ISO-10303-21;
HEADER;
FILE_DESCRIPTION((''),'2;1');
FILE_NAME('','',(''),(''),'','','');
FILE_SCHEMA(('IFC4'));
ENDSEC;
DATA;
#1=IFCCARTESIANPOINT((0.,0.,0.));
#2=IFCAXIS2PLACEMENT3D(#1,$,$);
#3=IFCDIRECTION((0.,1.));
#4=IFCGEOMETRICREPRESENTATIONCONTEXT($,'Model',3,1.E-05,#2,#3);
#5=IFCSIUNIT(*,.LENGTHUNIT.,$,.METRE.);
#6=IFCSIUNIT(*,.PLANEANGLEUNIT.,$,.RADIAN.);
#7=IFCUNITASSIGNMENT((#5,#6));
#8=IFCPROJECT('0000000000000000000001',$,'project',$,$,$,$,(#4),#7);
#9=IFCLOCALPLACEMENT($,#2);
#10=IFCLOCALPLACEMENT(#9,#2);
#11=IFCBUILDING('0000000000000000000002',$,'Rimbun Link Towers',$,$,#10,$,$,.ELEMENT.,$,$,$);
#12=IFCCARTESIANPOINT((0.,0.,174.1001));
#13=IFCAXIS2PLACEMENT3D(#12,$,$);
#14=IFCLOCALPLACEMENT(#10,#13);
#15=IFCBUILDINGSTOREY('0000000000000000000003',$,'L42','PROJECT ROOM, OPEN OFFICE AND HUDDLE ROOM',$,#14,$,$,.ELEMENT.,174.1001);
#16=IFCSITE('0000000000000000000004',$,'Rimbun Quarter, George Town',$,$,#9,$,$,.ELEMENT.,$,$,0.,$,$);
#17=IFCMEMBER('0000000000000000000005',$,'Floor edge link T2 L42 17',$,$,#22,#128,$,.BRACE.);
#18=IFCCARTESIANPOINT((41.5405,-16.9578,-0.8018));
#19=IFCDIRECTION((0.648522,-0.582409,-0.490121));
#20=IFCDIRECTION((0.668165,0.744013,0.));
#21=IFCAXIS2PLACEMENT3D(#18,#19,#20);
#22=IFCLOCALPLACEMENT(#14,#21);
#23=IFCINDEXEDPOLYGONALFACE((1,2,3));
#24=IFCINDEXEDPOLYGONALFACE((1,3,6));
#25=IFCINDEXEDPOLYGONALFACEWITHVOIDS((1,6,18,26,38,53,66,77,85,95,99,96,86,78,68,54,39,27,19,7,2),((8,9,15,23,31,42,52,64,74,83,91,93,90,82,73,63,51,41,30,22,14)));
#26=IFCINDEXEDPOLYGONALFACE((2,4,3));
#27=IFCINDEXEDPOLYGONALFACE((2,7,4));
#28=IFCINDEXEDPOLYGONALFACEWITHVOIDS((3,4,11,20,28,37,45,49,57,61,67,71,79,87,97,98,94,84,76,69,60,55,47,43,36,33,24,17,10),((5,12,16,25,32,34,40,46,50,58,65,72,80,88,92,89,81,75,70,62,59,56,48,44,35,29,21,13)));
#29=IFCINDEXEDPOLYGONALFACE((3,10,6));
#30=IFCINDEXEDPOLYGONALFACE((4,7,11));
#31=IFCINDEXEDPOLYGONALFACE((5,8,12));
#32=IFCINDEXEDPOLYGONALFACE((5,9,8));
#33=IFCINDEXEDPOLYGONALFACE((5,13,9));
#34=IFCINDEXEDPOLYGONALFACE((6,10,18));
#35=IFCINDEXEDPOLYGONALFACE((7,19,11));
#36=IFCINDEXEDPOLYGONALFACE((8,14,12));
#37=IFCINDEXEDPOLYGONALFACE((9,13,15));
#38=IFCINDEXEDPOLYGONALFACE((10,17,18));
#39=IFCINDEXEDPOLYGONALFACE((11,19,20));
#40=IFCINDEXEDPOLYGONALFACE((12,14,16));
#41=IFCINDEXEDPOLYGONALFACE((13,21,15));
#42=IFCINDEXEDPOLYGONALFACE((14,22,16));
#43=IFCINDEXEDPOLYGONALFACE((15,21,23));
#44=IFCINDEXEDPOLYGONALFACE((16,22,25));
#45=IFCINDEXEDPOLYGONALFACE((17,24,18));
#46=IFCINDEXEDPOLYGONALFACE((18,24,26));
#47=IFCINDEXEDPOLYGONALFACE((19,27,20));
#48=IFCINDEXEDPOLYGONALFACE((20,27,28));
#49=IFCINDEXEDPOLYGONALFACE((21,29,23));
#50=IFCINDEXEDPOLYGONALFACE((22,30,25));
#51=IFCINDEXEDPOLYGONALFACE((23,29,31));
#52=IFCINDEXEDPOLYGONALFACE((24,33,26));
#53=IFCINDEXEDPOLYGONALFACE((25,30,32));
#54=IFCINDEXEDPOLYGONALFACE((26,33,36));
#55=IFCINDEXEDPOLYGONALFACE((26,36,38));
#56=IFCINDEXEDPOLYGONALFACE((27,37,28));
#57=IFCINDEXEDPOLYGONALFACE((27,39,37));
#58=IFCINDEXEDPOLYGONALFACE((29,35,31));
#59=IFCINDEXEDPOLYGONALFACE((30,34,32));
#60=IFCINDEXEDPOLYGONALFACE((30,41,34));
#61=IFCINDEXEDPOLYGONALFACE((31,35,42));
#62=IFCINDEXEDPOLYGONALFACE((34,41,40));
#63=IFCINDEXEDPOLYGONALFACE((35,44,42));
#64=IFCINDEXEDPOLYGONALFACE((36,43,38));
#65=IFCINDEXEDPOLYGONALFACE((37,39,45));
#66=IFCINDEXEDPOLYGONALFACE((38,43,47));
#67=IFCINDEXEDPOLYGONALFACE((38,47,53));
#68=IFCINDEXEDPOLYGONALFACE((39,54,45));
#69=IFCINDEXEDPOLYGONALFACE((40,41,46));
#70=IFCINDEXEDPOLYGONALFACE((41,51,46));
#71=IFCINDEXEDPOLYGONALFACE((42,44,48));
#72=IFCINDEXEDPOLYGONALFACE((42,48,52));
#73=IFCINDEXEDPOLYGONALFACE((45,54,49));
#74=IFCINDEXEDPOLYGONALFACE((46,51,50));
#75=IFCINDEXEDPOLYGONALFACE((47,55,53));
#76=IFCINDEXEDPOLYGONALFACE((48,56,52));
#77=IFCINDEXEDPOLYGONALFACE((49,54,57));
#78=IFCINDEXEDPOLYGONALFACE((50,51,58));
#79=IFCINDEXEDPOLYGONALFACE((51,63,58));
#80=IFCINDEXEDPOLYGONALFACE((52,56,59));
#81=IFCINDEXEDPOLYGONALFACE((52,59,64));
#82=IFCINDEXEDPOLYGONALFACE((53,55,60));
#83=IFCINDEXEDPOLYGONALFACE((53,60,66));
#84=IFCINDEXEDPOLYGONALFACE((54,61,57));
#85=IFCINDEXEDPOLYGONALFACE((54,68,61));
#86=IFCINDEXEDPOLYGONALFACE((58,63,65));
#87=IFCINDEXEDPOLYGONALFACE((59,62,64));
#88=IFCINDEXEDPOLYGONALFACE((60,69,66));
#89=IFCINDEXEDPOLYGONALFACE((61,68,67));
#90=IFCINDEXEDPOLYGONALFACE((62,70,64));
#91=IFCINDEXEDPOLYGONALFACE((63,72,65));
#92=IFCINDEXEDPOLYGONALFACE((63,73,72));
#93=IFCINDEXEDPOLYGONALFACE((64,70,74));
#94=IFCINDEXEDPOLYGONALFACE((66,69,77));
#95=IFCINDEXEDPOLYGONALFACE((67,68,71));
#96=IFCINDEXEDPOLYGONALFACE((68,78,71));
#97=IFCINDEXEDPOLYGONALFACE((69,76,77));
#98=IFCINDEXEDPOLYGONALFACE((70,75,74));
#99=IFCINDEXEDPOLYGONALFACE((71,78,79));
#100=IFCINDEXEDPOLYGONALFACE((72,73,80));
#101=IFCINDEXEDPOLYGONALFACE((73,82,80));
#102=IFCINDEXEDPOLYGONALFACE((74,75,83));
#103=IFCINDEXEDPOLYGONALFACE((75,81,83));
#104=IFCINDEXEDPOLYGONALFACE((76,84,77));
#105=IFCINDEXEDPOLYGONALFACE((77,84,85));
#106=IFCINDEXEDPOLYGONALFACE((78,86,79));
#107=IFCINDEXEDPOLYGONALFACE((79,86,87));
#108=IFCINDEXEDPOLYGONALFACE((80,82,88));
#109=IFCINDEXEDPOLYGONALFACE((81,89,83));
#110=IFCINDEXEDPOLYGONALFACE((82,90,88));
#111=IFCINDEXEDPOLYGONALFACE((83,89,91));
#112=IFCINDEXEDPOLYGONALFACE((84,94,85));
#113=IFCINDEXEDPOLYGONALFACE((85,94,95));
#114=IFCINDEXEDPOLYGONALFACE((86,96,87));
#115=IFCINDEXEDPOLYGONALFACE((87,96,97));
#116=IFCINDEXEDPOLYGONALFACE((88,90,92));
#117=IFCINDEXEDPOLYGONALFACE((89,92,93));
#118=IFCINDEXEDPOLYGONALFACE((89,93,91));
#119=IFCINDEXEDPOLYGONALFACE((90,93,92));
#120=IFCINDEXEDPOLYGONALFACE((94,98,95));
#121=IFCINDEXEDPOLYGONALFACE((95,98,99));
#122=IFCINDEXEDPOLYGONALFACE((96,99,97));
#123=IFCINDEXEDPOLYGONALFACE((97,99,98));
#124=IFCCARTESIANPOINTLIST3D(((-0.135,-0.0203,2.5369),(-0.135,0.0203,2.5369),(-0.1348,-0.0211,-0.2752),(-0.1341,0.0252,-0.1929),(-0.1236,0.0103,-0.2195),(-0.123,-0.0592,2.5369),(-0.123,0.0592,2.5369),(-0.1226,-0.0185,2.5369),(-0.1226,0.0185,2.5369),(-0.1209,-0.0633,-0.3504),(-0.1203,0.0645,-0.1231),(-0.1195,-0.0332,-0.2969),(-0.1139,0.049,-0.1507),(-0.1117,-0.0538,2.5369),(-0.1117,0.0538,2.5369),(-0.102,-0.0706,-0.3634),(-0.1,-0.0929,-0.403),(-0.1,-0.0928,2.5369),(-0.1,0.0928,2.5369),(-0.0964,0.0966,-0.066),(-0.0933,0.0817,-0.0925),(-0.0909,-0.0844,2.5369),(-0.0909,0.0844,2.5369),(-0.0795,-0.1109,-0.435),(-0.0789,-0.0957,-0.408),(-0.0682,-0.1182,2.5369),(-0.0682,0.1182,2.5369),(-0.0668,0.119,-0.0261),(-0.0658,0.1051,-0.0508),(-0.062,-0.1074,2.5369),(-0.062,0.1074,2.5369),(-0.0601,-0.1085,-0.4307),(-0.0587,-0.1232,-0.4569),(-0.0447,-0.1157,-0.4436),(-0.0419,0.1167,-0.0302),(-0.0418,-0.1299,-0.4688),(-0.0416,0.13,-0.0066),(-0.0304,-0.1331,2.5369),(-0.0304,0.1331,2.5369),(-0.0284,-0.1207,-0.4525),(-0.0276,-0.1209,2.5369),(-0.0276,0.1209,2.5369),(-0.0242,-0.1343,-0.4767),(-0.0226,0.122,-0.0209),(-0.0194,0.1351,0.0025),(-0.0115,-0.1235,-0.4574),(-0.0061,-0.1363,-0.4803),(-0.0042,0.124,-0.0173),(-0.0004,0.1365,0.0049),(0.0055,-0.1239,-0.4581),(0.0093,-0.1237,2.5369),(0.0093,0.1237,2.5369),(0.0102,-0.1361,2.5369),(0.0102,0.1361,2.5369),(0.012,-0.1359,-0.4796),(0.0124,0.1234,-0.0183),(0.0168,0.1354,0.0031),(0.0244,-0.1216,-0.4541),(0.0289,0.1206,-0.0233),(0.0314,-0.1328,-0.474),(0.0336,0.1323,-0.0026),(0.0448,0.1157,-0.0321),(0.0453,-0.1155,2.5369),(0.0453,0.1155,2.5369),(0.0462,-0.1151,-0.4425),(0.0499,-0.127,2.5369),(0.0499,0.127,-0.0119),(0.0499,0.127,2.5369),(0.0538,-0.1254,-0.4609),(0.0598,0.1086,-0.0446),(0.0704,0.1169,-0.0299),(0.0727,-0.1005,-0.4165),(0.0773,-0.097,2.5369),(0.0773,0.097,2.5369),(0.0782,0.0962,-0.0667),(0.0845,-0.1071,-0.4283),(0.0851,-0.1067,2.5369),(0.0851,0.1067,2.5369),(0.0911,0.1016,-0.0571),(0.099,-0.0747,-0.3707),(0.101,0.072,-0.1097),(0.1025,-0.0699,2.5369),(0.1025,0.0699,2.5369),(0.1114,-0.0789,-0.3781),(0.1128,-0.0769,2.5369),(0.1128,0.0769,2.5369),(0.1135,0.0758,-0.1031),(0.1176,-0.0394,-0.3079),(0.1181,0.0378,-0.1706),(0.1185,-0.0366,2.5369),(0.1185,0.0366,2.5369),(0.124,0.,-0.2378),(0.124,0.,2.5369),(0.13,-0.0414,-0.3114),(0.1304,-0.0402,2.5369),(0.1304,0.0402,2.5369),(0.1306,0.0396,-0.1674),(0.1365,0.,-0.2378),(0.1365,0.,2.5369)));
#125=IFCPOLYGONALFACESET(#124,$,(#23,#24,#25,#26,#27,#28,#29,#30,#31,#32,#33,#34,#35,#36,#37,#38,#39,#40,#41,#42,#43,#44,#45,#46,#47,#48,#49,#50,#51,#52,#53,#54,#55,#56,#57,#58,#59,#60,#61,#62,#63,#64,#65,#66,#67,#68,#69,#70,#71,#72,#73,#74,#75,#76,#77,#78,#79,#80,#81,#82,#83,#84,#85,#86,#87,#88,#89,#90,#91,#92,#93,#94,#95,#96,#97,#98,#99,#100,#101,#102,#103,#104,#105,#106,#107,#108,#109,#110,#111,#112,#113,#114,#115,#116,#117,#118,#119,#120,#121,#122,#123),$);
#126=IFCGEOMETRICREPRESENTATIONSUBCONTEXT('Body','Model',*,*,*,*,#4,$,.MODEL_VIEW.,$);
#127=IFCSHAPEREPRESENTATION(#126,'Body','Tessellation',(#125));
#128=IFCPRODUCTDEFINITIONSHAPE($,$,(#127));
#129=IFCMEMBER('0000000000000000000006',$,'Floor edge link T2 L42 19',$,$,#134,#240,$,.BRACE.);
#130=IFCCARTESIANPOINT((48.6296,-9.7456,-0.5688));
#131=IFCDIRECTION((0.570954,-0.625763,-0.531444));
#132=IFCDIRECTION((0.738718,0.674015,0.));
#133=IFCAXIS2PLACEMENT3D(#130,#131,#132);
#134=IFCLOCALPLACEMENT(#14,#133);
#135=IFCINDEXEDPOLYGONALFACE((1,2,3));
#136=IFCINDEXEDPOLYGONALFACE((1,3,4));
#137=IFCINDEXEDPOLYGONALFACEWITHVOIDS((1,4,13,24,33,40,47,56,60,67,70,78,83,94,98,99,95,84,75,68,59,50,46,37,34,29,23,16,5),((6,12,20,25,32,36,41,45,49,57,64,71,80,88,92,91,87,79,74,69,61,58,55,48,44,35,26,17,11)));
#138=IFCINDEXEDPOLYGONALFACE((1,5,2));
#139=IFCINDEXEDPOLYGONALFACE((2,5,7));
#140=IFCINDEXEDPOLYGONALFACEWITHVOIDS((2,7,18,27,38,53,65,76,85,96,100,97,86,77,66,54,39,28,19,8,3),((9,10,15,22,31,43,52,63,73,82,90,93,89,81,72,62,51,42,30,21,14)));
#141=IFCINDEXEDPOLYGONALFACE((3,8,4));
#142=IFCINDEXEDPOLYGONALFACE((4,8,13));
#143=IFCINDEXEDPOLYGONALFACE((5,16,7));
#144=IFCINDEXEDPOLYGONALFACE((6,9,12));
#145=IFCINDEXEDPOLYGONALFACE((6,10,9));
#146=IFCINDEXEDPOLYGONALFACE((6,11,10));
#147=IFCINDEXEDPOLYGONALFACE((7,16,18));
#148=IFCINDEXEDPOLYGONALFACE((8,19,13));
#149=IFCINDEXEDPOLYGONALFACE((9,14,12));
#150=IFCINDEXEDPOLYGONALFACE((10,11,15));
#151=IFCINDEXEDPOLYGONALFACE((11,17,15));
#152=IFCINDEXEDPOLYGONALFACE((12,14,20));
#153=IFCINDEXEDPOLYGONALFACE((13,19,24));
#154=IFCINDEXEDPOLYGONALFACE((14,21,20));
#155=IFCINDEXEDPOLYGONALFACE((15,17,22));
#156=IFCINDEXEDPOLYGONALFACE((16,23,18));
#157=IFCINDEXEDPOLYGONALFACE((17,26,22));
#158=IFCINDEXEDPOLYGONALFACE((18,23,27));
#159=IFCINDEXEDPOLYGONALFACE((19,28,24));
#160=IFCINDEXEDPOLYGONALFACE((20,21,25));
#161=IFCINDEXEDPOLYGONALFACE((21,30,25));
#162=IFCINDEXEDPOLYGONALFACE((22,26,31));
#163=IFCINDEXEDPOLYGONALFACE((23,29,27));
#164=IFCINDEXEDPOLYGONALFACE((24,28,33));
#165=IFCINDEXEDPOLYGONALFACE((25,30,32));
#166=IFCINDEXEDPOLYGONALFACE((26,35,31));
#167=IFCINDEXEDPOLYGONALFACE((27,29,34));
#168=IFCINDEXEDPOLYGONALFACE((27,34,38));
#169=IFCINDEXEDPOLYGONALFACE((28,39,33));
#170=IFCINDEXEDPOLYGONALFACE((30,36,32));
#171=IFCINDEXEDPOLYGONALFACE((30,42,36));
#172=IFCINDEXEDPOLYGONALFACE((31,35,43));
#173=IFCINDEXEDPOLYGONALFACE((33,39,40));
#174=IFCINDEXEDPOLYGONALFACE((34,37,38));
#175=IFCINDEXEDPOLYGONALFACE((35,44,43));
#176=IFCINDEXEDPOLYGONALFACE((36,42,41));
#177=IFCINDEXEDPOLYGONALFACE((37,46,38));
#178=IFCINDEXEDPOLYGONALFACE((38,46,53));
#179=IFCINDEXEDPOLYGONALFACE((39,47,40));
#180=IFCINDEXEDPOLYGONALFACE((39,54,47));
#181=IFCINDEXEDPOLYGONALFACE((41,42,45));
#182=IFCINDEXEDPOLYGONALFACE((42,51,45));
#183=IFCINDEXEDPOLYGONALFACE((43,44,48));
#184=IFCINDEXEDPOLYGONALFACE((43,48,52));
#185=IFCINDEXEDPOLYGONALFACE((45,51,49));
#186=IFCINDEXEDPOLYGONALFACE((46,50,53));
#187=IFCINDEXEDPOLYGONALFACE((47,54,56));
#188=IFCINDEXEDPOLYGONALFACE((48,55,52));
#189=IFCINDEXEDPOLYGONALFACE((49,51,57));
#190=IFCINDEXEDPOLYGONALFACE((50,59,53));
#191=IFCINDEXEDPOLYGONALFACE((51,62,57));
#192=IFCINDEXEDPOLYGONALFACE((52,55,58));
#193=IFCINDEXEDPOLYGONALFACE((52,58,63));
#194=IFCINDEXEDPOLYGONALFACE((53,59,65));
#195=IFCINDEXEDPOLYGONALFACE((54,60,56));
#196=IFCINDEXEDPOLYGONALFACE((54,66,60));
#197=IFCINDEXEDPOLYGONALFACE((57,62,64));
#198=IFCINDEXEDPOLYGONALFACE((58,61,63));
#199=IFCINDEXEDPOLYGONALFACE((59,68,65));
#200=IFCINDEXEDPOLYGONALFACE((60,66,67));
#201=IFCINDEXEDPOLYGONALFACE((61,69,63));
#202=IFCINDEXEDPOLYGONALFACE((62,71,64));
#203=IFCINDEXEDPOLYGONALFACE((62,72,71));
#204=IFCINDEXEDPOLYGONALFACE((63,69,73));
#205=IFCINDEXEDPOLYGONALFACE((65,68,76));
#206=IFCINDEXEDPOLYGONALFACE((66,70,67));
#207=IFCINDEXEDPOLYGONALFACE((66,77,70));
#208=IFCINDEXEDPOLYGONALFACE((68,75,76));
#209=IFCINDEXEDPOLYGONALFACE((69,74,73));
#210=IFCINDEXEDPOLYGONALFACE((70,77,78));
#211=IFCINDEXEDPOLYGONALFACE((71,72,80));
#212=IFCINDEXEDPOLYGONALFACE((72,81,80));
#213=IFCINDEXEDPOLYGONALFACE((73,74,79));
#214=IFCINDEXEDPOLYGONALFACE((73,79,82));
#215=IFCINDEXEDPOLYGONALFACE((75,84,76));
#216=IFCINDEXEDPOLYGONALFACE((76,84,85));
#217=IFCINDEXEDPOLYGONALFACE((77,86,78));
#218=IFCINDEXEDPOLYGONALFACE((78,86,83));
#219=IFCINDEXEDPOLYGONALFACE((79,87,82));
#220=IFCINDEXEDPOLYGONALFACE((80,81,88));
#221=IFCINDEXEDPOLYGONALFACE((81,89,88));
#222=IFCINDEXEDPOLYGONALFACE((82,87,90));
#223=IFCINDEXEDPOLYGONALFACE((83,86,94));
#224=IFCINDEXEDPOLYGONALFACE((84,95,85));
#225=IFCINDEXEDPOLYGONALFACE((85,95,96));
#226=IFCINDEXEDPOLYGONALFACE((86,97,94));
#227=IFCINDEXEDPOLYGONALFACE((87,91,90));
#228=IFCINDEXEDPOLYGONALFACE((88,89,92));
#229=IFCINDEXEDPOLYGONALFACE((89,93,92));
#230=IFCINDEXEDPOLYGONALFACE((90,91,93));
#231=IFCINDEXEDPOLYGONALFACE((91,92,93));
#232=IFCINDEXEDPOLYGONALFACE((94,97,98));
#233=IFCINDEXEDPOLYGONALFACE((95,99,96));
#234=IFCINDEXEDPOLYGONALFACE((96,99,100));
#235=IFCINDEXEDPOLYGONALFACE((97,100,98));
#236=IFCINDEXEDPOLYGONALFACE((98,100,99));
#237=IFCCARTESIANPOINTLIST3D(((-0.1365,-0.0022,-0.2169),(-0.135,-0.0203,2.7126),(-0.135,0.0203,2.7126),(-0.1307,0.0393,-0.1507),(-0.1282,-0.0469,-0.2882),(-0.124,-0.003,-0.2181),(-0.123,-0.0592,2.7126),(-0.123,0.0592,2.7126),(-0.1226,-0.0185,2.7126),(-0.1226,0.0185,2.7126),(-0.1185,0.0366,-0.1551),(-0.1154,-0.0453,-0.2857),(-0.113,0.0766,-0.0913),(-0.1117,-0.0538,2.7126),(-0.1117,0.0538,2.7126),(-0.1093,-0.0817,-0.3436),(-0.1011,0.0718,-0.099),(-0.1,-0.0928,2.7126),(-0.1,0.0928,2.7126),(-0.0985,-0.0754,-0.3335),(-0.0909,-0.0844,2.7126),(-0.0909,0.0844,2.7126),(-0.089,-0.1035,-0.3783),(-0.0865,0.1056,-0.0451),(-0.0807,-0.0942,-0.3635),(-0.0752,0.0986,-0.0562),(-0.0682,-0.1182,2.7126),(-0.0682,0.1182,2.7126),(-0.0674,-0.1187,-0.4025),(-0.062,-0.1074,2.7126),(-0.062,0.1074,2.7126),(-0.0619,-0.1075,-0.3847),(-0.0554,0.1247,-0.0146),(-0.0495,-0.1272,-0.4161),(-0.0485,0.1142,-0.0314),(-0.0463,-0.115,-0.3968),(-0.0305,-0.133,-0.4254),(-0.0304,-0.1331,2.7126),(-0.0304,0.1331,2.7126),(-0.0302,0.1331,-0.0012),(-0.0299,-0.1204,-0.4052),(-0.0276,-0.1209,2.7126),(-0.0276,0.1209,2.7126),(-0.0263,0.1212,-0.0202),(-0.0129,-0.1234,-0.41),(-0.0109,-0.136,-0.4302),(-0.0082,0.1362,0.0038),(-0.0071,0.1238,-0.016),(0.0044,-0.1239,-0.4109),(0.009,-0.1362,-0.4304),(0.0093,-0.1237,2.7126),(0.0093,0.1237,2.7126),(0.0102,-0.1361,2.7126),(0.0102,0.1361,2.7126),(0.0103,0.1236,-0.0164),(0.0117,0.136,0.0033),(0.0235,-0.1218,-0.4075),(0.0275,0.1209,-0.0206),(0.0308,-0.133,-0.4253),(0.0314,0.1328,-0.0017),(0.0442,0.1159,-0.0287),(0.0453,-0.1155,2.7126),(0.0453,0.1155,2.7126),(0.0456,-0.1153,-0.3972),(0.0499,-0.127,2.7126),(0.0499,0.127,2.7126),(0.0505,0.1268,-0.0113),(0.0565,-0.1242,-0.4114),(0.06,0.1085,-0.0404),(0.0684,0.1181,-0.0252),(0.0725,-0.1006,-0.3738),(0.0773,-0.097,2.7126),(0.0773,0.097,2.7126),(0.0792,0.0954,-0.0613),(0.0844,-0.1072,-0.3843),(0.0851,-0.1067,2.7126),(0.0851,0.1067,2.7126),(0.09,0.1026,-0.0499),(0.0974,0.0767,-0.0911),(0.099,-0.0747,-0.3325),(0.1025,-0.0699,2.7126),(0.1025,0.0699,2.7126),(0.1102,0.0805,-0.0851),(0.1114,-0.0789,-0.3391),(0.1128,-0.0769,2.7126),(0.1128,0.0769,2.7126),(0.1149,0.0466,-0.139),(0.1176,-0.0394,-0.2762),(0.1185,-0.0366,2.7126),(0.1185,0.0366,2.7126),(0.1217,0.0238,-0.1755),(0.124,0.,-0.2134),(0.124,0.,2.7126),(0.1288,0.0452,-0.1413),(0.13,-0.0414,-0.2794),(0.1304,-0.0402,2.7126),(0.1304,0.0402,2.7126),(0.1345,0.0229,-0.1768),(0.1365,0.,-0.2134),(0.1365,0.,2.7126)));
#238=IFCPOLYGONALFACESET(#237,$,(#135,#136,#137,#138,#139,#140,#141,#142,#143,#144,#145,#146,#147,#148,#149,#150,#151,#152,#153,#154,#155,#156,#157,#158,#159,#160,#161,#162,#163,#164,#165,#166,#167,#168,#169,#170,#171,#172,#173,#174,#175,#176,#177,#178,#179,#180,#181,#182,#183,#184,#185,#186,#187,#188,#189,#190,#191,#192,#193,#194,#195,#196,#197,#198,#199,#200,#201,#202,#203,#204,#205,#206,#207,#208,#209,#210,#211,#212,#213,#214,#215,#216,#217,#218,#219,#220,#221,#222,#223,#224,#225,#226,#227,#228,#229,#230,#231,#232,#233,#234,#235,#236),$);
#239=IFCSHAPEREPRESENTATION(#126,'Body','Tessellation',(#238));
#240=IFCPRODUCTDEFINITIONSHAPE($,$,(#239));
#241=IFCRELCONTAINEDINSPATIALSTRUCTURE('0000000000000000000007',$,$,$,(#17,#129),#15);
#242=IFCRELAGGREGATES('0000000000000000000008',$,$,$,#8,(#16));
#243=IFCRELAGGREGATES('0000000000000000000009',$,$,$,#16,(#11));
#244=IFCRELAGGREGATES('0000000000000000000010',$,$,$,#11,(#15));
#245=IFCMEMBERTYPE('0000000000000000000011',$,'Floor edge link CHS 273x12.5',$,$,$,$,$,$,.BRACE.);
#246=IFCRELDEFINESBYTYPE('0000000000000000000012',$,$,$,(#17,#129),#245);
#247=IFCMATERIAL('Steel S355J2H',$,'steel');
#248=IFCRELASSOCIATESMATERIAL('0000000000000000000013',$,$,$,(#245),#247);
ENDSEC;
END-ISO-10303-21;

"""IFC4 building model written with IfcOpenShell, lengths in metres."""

from ifc_helpers import new_model, si_unit, direction, frame, origin, origin_2d, place, context, subcontext, project, spatial, hollow_circle, extrude, clip, halfspace, material, material_profile, profile_set, type_object, element, save


model = new_model("IFC4")

# Units and contexts
model_context = context("Model", 3, precision=1e-05, world=origin(), true_north=direction((0.0, 1.0)))
body_context = subcontext(model_context, "Body", "Model", "MODEL_VIEW")
ifc_project = project(units=[si_unit("LENGTHUNIT", "METRE"), si_unit("PLANEANGLEUNIT", "RADIAN")], contexts=[model_context])

# Site, building, storey
site_placement = place(None, origin())
site = spatial("IfcSite", under=ifc_project, at=site_placement, Name="Rimbun Quarter, George Town", CompositionType="ELEMENT", RefElevation=0.0)
building_placement = place(site_placement, origin())
building = spatial("IfcBuilding", under=site, at=building_placement, Name="Rimbun Link Towers", CompositionType="ELEMENT")
storey_placement = place(building_placement, frame((0.0, 0.0, 174.1001)))
storey = spatial("IfcBuildingStorey", under=building, at=storey_placement, Name="L42", Description="PROJECT ROOM, OPEN OFFICE AND HUDDLE ROOM", CompositionType="ELEMENT", Elevation=174.1001)

# Members
ifc_material_1 = material(Name="Steel S355J2H", Category="steel")
ifc_material_profile_1 = material_profile(ifc_material_1, hollow_circle(Radius=0.1365, WallThickness=0.0125, at=origin_2d()), Name="CHS 273x12.5")
ifc_profile_set_1 = profile_set([ifc_material_profile_1], Name="Steel S355J2H")
member_type_1 = type_object("IfcMemberType", Name="Floor edge link CHS 273x12.5", PredefinedType="BRACE", material=ifc_profile_set_1)
member_1_placement = place(storey_placement, frame((41.5405, -16.9578, -0.8018), z_axis=(0.648522, -0.582409, -0.490121), x_axis=(0.668165, 0.744013, 0.0)))
element("IfcMember", 1, at=member_1_placement, inside=storey, type_object=member_type_1, Name="Floor edge link T2 L42 17", PredefinedType="BRACE", context=body_context, shape_type="Clipping", body=[
    clip(extrude(hollow_circle(Radius=0.1365, WallThickness=0.0125, at=origin_2d()), frame((0.0, 0.0, -0.5059)), (0.0, 0.0, 1.0), 3.0427), halfspace(frame((0.0, 0.0, -0.2378), z_axis=(0.0, 0.871655, -0.490121)), False)),
])
member_2_placement = place(storey_placement, frame((48.6296, -9.7456, -0.5688), z_axis=(0.570954, -0.625763, -0.531444), x_axis=(0.738718, 0.674015, 0.0)))
element("IfcMember", 2, at=member_2_placement, inside=storey, type_object=member_type_1, Name="Floor edge link T2 L42 19", PredefinedType="BRACE", context=body_context, shape_type="Clipping", body=[
    clip(extrude(hollow_circle(Radius=0.1365, WallThickness=0.0125, at=origin_2d()), frame((0.0, 0.0, -0.4541)), (0.0, 0.0, 1.0), 3.1667), halfspace(frame((0.0, 0.0, -0.2134), z_axis=(0.0, 0.847093, -0.531444)), False)),
])

save(model, "model.ifc")
